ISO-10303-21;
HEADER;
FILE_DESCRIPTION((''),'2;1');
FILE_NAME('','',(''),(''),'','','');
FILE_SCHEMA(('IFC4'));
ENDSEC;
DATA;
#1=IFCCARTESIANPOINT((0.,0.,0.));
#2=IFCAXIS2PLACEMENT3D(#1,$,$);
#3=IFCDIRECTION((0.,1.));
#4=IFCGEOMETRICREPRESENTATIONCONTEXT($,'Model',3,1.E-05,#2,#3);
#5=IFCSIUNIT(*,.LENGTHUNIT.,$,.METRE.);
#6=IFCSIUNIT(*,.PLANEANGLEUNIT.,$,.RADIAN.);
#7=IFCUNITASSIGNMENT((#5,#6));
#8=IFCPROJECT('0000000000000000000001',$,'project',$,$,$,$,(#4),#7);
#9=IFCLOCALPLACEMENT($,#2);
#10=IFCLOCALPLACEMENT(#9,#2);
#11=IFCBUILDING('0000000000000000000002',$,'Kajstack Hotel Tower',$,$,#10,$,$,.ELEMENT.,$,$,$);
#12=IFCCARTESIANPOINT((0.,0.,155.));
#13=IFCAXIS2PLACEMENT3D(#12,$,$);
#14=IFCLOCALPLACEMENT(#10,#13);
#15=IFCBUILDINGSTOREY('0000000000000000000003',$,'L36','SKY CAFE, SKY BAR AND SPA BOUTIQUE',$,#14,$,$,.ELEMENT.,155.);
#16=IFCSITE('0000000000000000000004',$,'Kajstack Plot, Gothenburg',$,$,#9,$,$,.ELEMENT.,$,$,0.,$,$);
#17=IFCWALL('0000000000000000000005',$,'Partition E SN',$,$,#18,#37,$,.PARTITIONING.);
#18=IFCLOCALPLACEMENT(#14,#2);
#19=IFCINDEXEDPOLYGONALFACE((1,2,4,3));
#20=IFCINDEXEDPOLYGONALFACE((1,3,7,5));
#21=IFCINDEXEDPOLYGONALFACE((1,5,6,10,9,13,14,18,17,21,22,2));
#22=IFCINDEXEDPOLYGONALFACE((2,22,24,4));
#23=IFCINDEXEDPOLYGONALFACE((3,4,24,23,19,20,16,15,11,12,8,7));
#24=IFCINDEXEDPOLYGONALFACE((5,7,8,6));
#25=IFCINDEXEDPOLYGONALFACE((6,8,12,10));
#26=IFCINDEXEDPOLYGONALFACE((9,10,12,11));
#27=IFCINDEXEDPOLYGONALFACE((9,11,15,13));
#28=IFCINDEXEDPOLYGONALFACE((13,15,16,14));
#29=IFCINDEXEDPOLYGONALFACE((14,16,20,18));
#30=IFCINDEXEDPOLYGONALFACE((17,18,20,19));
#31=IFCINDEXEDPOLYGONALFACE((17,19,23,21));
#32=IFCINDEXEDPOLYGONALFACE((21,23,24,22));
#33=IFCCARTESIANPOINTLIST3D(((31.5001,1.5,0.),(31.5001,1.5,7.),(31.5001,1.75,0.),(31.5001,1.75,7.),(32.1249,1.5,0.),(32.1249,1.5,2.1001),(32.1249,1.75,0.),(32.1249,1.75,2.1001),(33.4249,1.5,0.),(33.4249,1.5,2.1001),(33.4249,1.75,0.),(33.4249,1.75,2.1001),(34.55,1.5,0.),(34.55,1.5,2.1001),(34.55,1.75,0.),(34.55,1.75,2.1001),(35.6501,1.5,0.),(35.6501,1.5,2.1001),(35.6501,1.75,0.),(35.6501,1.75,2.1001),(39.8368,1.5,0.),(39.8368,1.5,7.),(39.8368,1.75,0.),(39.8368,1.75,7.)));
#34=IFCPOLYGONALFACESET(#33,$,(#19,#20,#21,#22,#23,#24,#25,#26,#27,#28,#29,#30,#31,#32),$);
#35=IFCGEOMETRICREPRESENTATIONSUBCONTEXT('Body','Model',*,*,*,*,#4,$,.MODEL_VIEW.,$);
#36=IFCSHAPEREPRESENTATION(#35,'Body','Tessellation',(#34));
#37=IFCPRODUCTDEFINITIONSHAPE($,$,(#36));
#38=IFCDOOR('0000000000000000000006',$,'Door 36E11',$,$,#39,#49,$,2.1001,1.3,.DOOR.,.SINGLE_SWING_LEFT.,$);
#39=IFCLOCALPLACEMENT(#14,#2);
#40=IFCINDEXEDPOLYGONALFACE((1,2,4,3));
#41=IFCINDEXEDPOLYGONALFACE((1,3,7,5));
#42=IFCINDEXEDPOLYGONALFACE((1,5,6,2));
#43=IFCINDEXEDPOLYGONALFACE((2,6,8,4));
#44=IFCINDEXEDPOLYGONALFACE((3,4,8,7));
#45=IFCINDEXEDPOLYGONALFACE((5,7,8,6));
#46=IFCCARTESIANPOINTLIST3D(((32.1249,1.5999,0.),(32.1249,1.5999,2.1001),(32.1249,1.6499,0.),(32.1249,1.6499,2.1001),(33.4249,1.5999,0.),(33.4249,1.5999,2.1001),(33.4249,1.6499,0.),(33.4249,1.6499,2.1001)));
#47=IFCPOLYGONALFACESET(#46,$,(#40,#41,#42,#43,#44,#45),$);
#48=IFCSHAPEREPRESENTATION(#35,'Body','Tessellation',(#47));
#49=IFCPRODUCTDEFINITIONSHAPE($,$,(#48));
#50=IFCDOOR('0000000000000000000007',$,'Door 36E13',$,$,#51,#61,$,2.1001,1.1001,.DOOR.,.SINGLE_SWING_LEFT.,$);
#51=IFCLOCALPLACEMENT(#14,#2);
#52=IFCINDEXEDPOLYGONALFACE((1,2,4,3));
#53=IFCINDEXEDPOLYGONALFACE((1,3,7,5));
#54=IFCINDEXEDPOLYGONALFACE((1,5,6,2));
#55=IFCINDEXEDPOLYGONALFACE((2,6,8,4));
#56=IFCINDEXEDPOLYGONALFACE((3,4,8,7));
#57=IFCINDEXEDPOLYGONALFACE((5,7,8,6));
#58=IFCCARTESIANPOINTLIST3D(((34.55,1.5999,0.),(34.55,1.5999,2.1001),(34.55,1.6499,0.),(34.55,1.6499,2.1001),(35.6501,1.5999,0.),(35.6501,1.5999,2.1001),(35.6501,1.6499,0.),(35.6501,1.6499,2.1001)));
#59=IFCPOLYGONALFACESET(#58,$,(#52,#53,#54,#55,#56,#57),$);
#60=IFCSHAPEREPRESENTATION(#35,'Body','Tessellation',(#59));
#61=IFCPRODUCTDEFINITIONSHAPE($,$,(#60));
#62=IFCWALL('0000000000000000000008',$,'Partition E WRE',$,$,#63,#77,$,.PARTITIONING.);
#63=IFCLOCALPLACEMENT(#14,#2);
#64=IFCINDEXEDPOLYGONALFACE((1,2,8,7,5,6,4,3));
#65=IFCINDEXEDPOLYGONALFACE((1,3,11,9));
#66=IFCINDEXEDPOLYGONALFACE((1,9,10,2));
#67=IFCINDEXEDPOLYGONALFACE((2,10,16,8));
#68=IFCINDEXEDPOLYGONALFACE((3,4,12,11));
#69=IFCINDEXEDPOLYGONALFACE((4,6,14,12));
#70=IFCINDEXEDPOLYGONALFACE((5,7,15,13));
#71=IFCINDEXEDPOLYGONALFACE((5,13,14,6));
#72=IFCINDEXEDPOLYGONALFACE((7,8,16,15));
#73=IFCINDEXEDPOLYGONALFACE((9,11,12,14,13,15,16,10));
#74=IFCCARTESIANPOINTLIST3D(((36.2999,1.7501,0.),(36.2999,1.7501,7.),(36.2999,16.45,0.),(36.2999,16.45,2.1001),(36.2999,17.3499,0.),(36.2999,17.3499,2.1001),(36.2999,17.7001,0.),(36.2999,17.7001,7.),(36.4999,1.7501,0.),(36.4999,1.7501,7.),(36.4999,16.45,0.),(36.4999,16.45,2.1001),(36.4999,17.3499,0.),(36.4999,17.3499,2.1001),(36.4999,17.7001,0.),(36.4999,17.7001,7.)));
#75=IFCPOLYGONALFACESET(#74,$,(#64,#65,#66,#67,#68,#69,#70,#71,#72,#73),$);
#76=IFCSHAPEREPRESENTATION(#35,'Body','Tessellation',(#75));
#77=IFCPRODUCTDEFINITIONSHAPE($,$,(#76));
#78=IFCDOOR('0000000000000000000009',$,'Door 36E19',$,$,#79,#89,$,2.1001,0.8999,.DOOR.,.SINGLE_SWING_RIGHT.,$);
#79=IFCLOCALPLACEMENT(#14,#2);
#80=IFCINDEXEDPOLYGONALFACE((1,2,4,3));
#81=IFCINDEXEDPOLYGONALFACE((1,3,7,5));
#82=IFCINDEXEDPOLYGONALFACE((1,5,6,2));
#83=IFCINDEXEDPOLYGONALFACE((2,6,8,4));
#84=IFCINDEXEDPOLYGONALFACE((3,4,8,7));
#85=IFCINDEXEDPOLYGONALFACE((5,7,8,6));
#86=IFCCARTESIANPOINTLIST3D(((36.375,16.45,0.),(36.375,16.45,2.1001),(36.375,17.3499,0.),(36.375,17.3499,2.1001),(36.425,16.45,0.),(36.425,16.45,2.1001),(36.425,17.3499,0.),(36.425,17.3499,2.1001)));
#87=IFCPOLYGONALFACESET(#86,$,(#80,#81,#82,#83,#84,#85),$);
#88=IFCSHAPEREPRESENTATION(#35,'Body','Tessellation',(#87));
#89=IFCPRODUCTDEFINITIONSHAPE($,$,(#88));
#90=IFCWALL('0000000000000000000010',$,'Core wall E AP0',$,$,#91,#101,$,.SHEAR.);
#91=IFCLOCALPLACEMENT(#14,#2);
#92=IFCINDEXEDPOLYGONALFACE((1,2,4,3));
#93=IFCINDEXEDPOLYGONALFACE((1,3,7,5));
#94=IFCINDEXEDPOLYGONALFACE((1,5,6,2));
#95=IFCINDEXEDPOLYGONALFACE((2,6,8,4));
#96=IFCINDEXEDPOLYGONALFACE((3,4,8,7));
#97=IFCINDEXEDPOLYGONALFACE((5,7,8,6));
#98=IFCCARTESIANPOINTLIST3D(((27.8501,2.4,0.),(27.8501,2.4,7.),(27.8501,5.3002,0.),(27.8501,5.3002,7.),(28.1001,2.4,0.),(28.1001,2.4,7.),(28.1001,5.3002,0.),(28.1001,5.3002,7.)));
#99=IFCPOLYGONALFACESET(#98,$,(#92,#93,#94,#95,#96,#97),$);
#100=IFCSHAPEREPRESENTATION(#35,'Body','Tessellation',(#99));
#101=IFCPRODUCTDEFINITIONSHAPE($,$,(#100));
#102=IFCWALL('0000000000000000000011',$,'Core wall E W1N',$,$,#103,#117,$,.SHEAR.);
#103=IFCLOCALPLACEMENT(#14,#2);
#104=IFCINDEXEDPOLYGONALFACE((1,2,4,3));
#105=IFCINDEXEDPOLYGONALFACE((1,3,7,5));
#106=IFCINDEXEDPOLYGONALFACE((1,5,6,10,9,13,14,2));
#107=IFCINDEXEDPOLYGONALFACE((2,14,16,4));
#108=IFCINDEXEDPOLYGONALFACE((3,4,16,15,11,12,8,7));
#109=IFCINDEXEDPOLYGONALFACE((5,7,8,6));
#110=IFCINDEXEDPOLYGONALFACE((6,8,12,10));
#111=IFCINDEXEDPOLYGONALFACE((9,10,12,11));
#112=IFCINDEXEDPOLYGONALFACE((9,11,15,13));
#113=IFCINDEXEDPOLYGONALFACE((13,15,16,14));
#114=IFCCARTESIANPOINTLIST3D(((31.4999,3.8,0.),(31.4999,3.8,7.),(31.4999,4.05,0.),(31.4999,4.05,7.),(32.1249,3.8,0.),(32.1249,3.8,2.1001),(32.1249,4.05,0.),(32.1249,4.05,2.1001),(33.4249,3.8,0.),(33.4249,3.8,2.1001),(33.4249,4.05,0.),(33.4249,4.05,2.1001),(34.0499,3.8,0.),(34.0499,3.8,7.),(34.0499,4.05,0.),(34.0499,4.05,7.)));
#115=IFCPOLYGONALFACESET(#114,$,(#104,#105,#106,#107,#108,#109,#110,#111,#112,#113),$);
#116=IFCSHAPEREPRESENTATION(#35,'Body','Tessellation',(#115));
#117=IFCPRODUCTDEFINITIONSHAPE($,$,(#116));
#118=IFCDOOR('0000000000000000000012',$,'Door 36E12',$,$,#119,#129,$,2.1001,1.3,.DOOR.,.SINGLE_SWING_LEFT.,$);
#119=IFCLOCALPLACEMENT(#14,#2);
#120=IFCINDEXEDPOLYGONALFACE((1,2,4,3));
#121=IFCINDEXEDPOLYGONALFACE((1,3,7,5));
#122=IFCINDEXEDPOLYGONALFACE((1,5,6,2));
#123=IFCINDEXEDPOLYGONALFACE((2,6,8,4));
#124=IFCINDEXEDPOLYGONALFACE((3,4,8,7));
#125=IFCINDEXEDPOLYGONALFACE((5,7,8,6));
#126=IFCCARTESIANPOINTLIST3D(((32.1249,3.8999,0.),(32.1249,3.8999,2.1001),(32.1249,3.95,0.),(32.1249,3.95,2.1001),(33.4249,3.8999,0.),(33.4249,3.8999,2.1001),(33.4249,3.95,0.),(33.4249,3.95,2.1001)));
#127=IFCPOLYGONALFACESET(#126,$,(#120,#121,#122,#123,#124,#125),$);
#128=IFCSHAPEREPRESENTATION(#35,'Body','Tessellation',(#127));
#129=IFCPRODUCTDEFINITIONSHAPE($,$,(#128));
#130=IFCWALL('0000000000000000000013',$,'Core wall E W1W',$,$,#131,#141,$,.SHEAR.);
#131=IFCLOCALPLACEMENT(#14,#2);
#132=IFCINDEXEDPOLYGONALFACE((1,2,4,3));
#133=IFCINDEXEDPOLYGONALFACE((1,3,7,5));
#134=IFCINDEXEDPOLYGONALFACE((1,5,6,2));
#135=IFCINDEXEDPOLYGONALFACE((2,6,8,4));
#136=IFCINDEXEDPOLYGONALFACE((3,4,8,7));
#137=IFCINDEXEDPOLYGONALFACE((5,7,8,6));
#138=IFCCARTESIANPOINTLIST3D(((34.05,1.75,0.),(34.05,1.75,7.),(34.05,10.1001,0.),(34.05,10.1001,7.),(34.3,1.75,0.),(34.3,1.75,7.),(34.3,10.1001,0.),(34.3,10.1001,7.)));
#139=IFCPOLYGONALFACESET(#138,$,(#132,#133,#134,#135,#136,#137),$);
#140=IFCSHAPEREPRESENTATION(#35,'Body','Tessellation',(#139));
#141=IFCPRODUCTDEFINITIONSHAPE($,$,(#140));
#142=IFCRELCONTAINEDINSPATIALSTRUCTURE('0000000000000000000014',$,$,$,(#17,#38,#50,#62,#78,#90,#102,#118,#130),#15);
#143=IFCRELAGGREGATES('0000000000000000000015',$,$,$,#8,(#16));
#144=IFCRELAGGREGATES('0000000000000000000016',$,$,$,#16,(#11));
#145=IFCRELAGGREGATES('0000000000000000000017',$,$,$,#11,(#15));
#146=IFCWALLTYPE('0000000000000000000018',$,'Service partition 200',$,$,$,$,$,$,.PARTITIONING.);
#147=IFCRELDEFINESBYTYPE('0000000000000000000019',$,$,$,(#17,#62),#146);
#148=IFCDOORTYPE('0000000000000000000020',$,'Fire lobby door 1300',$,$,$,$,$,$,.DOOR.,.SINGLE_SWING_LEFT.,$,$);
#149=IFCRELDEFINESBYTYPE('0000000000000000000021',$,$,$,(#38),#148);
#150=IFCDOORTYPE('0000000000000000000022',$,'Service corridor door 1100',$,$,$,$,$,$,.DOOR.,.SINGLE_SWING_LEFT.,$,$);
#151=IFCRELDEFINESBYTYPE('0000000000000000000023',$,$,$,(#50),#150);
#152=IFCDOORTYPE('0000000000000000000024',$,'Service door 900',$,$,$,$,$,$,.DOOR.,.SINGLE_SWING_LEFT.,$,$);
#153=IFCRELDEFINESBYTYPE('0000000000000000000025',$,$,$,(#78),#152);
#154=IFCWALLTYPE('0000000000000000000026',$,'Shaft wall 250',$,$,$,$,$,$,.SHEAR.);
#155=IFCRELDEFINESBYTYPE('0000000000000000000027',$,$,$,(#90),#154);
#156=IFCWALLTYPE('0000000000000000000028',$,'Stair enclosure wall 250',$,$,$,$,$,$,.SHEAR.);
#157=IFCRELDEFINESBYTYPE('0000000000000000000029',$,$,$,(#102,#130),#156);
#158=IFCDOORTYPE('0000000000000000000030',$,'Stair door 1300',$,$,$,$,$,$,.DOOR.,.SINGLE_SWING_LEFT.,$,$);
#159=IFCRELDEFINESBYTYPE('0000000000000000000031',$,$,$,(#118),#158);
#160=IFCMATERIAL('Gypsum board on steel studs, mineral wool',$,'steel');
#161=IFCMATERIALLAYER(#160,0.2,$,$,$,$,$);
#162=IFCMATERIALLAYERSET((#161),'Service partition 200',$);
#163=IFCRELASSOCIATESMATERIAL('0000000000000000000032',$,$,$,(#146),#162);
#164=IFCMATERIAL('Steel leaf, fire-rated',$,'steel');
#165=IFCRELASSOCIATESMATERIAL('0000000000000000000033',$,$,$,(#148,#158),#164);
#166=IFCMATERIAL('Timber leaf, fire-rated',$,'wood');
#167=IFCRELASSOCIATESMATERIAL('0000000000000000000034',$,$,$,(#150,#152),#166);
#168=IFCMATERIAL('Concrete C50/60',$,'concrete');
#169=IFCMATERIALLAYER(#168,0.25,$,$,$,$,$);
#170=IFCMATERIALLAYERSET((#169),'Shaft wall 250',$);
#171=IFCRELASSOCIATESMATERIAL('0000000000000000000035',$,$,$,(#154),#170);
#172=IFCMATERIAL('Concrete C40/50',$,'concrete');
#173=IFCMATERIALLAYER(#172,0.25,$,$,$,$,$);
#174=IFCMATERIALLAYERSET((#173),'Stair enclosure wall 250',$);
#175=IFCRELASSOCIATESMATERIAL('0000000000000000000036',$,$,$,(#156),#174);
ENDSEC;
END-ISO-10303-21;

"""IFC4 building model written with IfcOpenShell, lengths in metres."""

from ifc_helpers import new_model, si_unit, direction, frame, frame_2d, origin, place, context, subcontext, project, spatial, rectangle, extrude, material, layer, layer_set, type_object, element, fill, save


model = new_model("IFC4")

# Units and contexts
model_context = context("Model", 3, precision=1e-05, world=origin(), true_north=direction((0.0, 1.0)))
body_context = subcontext(model_context, "Body", "Model", "MODEL_VIEW")
ifc_project = project(units=[si_unit("LENGTHUNIT", "METRE"), si_unit("PLANEANGLEUNIT", "RADIAN")], contexts=[model_context])

# Site, building, storey
site_placement = place(None, origin())
site = spatial("IfcSite", under=ifc_project, at=site_placement, Name="Kajstack Plot, Gothenburg", CompositionType="ELEMENT", RefElevation=0.0)
building_placement = place(site_placement, origin())
building = spatial("IfcBuilding", under=site, at=building_placement, Name="Kajstack Hotel Tower", CompositionType="ELEMENT")
storey_placement = place(building_placement, frame((0.0, 0.0, 155.0)))
storey = spatial("IfcBuildingStorey", under=building, at=storey_placement, Name="L36", Description="SKY CAFE, SKY BAR AND SPA BOUTIQUE", CompositionType="ELEMENT", Elevation=155.0)

# Shared definitions
ifc_material_1 = material(Name="Concrete C50/60", Category="concrete")

# Wall, openings, doors
ifc_material_2 = material(Name="Gypsum board on steel studs, mineral wool", Category="steel")
ifc_layer_1 = layer(ifc_material_2, 0.2)
ifc_layer_set_1 = layer_set([ifc_layer_1], Name="Service partition 200")
wall_type_1 = type_object("IfcWallType", Name="Service partition 200", PredefinedType="PARTITIONING", material=ifc_layer_set_1)
wall_1_placement = place(storey_placement, frame((31.5, 1.625, 0.0), z_axis=(0.0, 0.0, 1.0), x_axis=(1.0, 0.0, 0.0)))
wall_1 = element("IfcWall", 1, at=wall_1_placement, inside=storey, type_object=wall_type_1, Name="Partition E SN", PredefinedType="PARTITIONING", context=body_context, shape_type="SweptSolid", body=[
    extrude(rectangle(XDim=8.3367, YDim=0.25, at=frame_2d((4.1685, 0.0))), origin(), (0.0, 0.0, 1.0), 7.0),
])
opening_1_placement = place(wall_1_placement, frame((0.625, 0.0, 0.0)))
opening_1 = element("IfcOpeningElement", 2, at=opening_1_placement, cuts=wall_1, PredefinedType="OPENING", context=body_context, shape_type="SweptSolid", body=[
    extrude(rectangle(XDim=1.3, YDim=2.1001, at=frame_2d((0.6499, 1.05))), frame((0.0, 0.135, 0.0), z_axis=(0.0, -1.0, 0.0), x_axis=(1.0, 0.0, 0.0)), (0.0, 0.0, 1.0), 0.27),
])
opening_2_placement = place(wall_1_placement, frame((3.05, 0.0, 0.0)))
opening_2 = element("IfcOpeningElement", 3, at=opening_2_placement, cuts=wall_1, PredefinedType="OPENING", context=body_context, shape_type="SweptSolid", body=[
    extrude(rectangle(XDim=1.1001, YDim=2.1001, at=frame_2d((0.55, 1.05))), frame((0.0, 0.135, 0.0), z_axis=(0.0, -1.0, 0.0), x_axis=(1.0, 0.0, 0.0)), (0.0, 0.0, 1.0), 0.27),
])
ifc_material_3 = material(Name="Steel leaf, fire-rated", Category="steel")
door_type_1 = type_object("IfcDoorType", Name="Fire lobby door 1300", OperationType="SINGLE_SWING_LEFT", PredefinedType="DOOR", material=ifc_material_3)
door_1_placement = place(opening_1_placement, origin())
door_1 = element("IfcDoor", 4, at=door_1_placement, inside=storey, type_object=door_type_1, Name="Door 36E11", OperationType="SINGLE_SWING_LEFT", OverallHeight=2.1001, OverallWidth=1.3, PredefinedType="DOOR", context=body_context, shape_type="SweptSolid", body=[
    extrude(rectangle(XDim=1.3, YDim=2.1001, at=frame_2d((0.6499, 1.05))), frame((0.0, 0.0249, 0.0), z_axis=(0.0, -1.0, 0.0), x_axis=(1.0, 0.0, 0.0)), (0.0, 0.0, 1.0), 0.05),
])
fill(opening_1, door_1)
ifc_material_4 = material(Name="Timber leaf, fire-rated", Category="wood")
door_type_2 = type_object("IfcDoorType", Name="Service corridor door 1100", OperationType="SINGLE_SWING_LEFT", PredefinedType="DOOR", material=ifc_material_4)
door_2_placement = place(opening_2_placement, origin())
door_2 = element("IfcDoor", 5, at=door_2_placement, inside=storey, type_object=door_type_2, Name="Door 36E13", OperationType="SINGLE_SWING_LEFT", OverallHeight=2.1001, OverallWidth=1.1001, PredefinedType="DOOR", context=body_context, shape_type="SweptSolid", body=[
    extrude(rectangle(XDim=1.1001, YDim=2.1001, at=frame_2d((0.55, 1.05))), frame((0.0, 0.0249, 0.0), z_axis=(0.0, -1.0, 0.0), x_axis=(1.0, 0.0, 0.0)), (0.0, 0.0, 1.0), 0.05),
])
fill(opening_2, door_2)

# Wall, opening, door
wall_2_placement = place(storey_placement, frame((36.3999, 1.75, 0.0), z_axis=(0.0, 0.0, 1.0), x_axis=(0.0, 1.0, 0.0)))
wall_2 = element("IfcWall", 6, at=wall_2_placement, inside=storey, type_object=wall_type_1, Name="Partition E WRE", PredefinedType="PARTITIONING", context=body_context, shape_type="SweptSolid", body=[
    extrude(rectangle(XDim=15.95, YDim=0.2, at=frame_2d((7.9751, 0.0))), origin(), (0.0, 0.0, 1.0), 7.0),
])
opening_3_placement = place(wall_2_placement, frame((14.7, 0.0, 0.0)))
opening_3 = element("IfcOpeningElement", 7, at=opening_3_placement, cuts=wall_2, PredefinedType="OPENING", context=body_context, shape_type="SweptSolid", body=[
    extrude(rectangle(XDim=0.8999, YDim=2.1001, at=frame_2d((0.45, 1.05))), frame((0.0, 0.1099, 0.0), z_axis=(0.0, -1.0, 0.0), x_axis=(1.0, 0.0, 0.0)), (0.0, 0.0, 1.0), 0.22),
])
door_type_3 = type_object("IfcDoorType", Name="Service door 900", OperationType="SINGLE_SWING_LEFT", PredefinedType="DOOR", material=ifc_material_4)
door_3_placement = place(opening_3_placement, origin())
door_3 = element("IfcDoor", 8, at=door_3_placement, inside=storey, type_object=door_type_3, Name="Door 36E19", OperationType="SINGLE_SWING_RIGHT", OverallHeight=2.1001, OverallWidth=0.8999, PredefinedType="DOOR", context=body_context, shape_type="SweptSolid", body=[
    extrude(rectangle(XDim=0.8999, YDim=2.1001, at=frame_2d((0.45, 1.05))), frame((0.0, 0.0249, 0.0), z_axis=(0.0, -1.0, 0.0), x_axis=(1.0, 0.0, 0.0)), (0.0, 0.0, 1.0), 0.05),
])
fill(opening_3, door_3)

# Wall
ifc_layer_2 = layer(ifc_material_1, 0.25)
ifc_layer_set_2 = layer_set([ifc_layer_2], Name="Shaft wall 250")
wall_type_2 = type_object("IfcWallType", Name="Shaft wall 250", PredefinedType="SHEAR", material=ifc_layer_set_2)
wall_3_placement = place(storey_placement, frame((27.9751, 2.3999, 0.0), z_axis=(0.0, 0.0, 1.0), x_axis=(0.0, 1.0, 0.0)))
element("IfcWall", 9, at=wall_3_placement, inside=storey, type_object=wall_type_2, Name="Core wall E AP0", PredefinedType="SHEAR", context=body_context, shape_type="SweptSolid", body=[
    extrude(rectangle(XDim=2.9001, YDim=0.25, at=frame_2d((1.4502, 0.0))), origin(), (0.0, 0.0, 1.0), 7.0),
])

# Wall, opening, door
ifc_material_5 = material(Name="Concrete C40/50", Category="concrete")
ifc_layer_3 = layer(ifc_material_5, 0.25)
ifc_layer_set_3 = layer_set([ifc_layer_3], Name="Stair enclosure wall 250")
wall_type_3 = type_object("IfcWallType", Name="Stair enclosure wall 250", PredefinedType="SHEAR", material=ifc_layer_set_3)
wall_4_placement = place(storey_placement, frame((31.5, 3.925, 0.0), z_axis=(0.0, 0.0, 1.0), x_axis=(1.0, 0.0, 0.0)))
wall_4 = element("IfcWall", 10, at=wall_4_placement, inside=storey, type_object=wall_type_3, Name="Core wall E W1N", PredefinedType="SHEAR", context=body_context, shape_type="SweptSolid", body=[
    extrude(rectangle(XDim=2.55, YDim=0.25, at=frame_2d((1.2749, 0.0))), origin(), (0.0, 0.0, 1.0), 7.0),
])
opening_4_placement = place(wall_4_placement, frame((0.625, 0.0, 0.0)))
opening_4 = element("IfcOpeningElement", 11, at=opening_4_placement, cuts=wall_4, PredefinedType="OPENING", context=body_context, shape_type="SweptSolid", body=[
    extrude(rectangle(XDim=1.3, YDim=2.1001, at=frame_2d((0.6499, 1.05))), frame((0.0, 0.135, 0.0), z_axis=(0.0, -1.0, 0.0), x_axis=(1.0, 0.0, 0.0)), (0.0, 0.0, 1.0), 0.27),
])
door_type_4 = type_object("IfcDoorType", Name="Stair door 1300", OperationType="SINGLE_SWING_LEFT", PredefinedType="DOOR", material=ifc_material_3)
door_4_placement = place(opening_4_placement, origin())
door_4 = element("IfcDoor", 12, at=door_4_placement, inside=storey, type_object=door_type_4, Name="Door 36E12", OperationType="SINGLE_SWING_LEFT", OverallHeight=2.1001, OverallWidth=1.3, PredefinedType="DOOR", context=body_context, shape_type="SweptSolid", body=[
    extrude(rectangle(XDim=1.3, YDim=2.1001, at=frame_2d((0.6499, 1.05))), frame((0.0, 0.0249, 0.0), z_axis=(0.0, -1.0, 0.0), x_axis=(1.0, 0.0, 0.0)), (0.0, 0.0, 1.0), 0.05),
])
fill(opening_4, door_4)

# Wall
wall_5_placement = place(storey_placement, frame((34.175, 1.75, 0.0), z_axis=(0.0, 0.0, 1.0), x_axis=(0.0, 1.0, 0.0)))
element("IfcWall", 13, at=wall_5_placement, inside=storey, type_object=wall_type_3, Name="Core wall E W1W", PredefinedType="SHEAR", context=body_context, shape_type="SweptSolid", body=[
    extrude(rectangle(XDim=8.3501, YDim=0.25, at=frame_2d((4.175, 0.0))), origin(), (0.0, 0.0, 1.0), 7.0),
])

save(model, "model.ifc")
